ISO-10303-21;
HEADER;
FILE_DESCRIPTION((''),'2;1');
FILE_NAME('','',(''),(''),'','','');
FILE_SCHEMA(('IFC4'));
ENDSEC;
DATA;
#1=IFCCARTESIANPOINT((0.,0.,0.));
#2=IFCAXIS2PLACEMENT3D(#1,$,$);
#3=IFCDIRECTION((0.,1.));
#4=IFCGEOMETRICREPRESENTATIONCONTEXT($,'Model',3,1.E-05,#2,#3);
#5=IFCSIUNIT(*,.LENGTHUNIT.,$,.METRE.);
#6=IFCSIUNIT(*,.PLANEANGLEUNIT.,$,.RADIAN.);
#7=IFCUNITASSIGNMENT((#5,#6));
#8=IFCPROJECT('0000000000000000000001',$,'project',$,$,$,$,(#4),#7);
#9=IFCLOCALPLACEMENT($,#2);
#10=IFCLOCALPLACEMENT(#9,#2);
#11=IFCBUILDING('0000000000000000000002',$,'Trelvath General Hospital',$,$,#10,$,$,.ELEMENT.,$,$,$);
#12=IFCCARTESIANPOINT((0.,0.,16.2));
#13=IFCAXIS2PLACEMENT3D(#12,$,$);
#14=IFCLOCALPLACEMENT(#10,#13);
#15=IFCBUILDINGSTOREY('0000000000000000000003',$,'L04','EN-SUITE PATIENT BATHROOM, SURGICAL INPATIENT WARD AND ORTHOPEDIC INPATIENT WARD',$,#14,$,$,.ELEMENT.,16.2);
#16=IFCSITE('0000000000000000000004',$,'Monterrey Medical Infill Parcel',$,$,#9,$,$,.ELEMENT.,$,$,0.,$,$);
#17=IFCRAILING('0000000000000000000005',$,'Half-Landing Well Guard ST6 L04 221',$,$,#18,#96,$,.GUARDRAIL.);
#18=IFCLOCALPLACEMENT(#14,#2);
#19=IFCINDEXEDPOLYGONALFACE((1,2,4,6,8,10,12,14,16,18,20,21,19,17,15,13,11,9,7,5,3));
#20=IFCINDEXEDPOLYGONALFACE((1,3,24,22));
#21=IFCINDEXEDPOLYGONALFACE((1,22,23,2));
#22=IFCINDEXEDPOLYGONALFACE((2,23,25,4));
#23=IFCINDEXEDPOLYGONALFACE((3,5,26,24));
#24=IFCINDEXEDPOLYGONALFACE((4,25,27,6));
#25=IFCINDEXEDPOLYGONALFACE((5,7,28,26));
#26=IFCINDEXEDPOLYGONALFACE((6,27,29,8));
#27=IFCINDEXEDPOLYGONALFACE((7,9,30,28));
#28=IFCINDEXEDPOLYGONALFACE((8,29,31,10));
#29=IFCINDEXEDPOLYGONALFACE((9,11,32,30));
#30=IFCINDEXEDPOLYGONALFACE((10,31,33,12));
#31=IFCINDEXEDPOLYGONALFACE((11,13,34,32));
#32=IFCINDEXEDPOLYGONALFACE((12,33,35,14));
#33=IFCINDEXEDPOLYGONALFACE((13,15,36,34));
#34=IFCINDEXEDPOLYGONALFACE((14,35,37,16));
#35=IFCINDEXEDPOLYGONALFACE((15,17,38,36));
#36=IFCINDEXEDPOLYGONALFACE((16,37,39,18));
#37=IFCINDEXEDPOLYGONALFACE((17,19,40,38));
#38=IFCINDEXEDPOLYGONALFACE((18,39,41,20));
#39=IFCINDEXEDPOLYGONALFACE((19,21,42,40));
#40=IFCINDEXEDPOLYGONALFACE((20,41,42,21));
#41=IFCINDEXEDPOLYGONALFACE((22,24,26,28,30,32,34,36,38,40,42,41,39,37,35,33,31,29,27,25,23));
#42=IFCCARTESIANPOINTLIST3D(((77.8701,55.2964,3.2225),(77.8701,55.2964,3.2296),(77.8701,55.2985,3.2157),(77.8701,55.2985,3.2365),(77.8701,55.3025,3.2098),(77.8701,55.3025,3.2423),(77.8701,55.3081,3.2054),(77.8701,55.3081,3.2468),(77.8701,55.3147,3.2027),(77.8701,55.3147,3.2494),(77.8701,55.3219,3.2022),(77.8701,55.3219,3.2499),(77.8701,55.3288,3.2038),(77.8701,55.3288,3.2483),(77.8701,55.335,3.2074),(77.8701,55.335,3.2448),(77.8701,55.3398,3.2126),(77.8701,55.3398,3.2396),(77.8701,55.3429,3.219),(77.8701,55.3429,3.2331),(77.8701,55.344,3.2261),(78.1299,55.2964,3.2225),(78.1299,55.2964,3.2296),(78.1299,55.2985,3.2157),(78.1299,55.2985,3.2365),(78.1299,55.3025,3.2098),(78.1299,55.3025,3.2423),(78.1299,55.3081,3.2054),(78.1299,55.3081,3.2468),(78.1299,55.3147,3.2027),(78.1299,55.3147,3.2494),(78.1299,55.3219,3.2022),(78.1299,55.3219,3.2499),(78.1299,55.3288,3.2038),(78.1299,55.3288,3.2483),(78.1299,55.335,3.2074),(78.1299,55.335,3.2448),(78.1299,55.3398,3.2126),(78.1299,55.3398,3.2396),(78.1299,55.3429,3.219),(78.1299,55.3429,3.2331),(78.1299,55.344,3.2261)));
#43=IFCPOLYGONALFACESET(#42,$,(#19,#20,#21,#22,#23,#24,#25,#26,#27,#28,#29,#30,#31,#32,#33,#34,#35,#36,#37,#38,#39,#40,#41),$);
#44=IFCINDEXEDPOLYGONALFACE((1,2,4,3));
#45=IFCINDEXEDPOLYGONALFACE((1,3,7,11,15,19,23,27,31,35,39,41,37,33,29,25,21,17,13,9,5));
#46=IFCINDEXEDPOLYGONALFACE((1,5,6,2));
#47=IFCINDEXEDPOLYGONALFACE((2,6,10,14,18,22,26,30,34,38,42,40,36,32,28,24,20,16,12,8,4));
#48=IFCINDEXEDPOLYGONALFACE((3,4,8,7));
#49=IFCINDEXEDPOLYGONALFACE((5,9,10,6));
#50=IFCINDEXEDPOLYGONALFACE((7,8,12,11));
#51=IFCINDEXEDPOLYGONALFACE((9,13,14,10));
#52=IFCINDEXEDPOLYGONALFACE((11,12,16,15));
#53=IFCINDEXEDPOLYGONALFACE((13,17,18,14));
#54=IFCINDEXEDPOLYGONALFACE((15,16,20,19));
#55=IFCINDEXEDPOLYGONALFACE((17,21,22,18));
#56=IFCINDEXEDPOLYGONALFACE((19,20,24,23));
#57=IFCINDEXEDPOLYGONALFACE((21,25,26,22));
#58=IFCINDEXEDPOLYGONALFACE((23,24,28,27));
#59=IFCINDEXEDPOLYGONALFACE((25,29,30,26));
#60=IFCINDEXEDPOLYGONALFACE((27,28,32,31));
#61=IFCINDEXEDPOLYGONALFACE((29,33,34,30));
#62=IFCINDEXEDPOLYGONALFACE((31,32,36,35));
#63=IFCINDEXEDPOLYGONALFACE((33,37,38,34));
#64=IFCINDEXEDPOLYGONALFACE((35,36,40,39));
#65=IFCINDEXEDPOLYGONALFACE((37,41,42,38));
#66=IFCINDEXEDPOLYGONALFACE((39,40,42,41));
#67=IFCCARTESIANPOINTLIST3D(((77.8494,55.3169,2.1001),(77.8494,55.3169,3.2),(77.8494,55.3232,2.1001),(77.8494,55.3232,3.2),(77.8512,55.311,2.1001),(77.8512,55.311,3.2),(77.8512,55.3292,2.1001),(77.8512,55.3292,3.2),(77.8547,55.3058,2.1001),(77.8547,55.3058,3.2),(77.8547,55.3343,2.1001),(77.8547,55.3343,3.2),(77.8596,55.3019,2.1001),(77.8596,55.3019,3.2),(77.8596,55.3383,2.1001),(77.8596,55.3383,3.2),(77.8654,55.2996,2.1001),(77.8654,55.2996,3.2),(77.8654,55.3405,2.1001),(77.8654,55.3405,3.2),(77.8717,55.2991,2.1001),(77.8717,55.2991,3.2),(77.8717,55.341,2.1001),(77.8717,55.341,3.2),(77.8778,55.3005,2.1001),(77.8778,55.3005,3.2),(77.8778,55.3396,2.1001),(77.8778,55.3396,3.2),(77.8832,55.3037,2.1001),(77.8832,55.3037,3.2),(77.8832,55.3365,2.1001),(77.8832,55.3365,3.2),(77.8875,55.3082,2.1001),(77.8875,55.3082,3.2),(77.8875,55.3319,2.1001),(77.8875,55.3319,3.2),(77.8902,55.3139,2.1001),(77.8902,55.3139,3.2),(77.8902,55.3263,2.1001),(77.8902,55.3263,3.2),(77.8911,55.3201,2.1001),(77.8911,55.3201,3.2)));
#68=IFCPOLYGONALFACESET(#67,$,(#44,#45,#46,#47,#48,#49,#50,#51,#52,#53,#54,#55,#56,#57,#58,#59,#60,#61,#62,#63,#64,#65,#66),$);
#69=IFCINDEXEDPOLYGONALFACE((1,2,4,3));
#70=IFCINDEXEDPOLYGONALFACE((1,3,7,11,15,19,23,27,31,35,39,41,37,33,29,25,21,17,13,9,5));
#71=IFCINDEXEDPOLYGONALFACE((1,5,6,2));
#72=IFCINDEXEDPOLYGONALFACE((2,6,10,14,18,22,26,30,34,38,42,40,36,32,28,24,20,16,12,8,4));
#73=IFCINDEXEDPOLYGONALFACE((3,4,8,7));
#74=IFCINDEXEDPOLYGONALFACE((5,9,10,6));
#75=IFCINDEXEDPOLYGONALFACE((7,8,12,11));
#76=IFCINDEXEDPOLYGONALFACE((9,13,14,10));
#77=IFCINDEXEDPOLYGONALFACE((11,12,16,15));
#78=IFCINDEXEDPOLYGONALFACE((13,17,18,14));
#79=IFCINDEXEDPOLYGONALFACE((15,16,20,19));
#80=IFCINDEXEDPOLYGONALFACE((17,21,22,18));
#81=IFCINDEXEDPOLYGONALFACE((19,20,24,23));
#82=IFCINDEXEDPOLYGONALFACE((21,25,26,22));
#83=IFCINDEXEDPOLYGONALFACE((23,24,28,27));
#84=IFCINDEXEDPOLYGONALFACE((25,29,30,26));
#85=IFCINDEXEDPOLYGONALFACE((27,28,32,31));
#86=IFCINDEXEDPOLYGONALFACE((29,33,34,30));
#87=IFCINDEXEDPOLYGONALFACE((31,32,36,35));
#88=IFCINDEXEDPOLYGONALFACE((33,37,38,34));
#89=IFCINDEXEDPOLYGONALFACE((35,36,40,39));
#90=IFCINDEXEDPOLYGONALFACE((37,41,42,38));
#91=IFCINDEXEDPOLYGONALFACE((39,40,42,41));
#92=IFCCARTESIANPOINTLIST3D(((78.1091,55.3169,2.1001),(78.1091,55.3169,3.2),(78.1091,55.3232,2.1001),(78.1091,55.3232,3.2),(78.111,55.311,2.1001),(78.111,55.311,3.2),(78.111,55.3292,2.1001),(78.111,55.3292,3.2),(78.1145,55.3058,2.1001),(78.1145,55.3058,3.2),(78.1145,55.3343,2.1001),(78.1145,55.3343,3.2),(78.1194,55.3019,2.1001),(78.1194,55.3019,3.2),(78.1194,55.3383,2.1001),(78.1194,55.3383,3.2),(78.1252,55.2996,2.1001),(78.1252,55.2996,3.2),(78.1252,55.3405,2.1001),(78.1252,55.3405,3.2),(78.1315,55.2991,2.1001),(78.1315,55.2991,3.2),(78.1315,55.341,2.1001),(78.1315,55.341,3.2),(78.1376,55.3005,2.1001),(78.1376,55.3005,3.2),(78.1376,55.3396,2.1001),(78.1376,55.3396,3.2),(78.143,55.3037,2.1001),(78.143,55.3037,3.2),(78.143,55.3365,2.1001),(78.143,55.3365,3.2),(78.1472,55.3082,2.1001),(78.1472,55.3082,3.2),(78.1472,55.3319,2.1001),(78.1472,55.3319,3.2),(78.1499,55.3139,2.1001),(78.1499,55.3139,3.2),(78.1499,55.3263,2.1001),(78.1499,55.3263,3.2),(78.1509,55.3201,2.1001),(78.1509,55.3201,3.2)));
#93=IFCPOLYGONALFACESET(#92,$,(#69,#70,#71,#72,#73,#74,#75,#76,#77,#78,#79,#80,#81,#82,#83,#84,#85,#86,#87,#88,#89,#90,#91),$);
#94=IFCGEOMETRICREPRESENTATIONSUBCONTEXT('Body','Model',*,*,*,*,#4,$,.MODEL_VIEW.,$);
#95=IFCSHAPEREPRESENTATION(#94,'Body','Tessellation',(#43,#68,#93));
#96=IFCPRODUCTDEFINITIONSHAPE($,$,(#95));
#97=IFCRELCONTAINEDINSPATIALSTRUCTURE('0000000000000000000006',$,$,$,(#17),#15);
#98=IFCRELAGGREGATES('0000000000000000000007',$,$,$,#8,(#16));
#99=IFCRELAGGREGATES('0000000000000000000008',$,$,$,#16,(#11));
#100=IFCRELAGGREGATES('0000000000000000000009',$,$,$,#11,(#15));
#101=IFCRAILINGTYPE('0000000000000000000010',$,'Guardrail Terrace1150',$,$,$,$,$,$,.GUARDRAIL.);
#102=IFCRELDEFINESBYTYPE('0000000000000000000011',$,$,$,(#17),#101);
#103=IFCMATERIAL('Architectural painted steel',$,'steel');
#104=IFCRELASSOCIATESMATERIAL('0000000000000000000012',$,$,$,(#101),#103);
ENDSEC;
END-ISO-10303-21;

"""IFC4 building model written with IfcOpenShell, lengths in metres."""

from ifc_helpers import new_model, si_unit, direction, frame, origin, origin_2d, place, context, subcontext, project, spatial, circle, extrude, material, type_object, element, save


model = new_model("IFC4")

# Units and contexts
model_context = context("Model", 3, precision=1e-05, world=origin(), true_north=direction((0.0, 1.0)))
body_context = subcontext(model_context, "Body", "Model", "MODEL_VIEW")
ifc_project = project(units=[si_unit("LENGTHUNIT", "METRE"), si_unit("PLANEANGLEUNIT", "RADIAN")], contexts=[model_context])

# Site, building, storey
site_placement = place(None, origin())
site = spatial("IfcSite", under=ifc_project, at=site_placement, Name="Monterrey Medical Infill Parcel", CompositionType="ELEMENT", RefElevation=0.0)
building_placement = place(site_placement, origin())
building = spatial("IfcBuilding", under=site, at=building_placement, Name="Trelvath General Hospital", CompositionType="ELEMENT")
storey_placement = place(building_placement, frame((0.0, 0.0, 16.2)))
storey = spatial("IfcBuildingStorey", under=building, at=storey_placement, Name="L04", Description="EN-SUITE PATIENT BATHROOM, SURGICAL INPATIENT WARD AND ORTHOPEDIC INPATIENT WARD", CompositionType="ELEMENT", Elevation=16.2)

# Railing
ifc_material_1 = material(Name="Architectural painted steel", Category="steel")
railing_type_1 = type_object("IfcRailingType", Name="Guardrail Terrace1150", PredefinedType="GUARDRAIL", material=ifc_material_1)
railing_1_placement = place(storey_placement, frame((77.8701, 55.3201, 2.1001)))
element("IfcRailing", 1, at=railing_1_placement, inside=storey, type_object=railing_type_1, Name="Half-Landing Well Guard ST6 L04 221", PredefinedType="GUARDRAIL", context=body_context, shape_type="SweptSolid", body=[
    extrude(circle(Radius=0.0239, at=origin_2d()), frame((0.0, 0.0, 1.126), z_axis=(1.0, 0.0, 0.0), x_axis=(0.0, 1.0, 0.0)), (0.0, 0.0, 1.0), 0.2598),
    extrude(circle(Radius=0.021, at=origin_2d()), origin(), (0.0, 0.0, 1.0), 1.0999),
    extrude(circle(Radius=0.021, at=origin_2d()), frame((0.2598, 0.0, 0.0)), (0.0, 0.0, 1.0), 1.0999),
])

save(model, "model.ifc")
